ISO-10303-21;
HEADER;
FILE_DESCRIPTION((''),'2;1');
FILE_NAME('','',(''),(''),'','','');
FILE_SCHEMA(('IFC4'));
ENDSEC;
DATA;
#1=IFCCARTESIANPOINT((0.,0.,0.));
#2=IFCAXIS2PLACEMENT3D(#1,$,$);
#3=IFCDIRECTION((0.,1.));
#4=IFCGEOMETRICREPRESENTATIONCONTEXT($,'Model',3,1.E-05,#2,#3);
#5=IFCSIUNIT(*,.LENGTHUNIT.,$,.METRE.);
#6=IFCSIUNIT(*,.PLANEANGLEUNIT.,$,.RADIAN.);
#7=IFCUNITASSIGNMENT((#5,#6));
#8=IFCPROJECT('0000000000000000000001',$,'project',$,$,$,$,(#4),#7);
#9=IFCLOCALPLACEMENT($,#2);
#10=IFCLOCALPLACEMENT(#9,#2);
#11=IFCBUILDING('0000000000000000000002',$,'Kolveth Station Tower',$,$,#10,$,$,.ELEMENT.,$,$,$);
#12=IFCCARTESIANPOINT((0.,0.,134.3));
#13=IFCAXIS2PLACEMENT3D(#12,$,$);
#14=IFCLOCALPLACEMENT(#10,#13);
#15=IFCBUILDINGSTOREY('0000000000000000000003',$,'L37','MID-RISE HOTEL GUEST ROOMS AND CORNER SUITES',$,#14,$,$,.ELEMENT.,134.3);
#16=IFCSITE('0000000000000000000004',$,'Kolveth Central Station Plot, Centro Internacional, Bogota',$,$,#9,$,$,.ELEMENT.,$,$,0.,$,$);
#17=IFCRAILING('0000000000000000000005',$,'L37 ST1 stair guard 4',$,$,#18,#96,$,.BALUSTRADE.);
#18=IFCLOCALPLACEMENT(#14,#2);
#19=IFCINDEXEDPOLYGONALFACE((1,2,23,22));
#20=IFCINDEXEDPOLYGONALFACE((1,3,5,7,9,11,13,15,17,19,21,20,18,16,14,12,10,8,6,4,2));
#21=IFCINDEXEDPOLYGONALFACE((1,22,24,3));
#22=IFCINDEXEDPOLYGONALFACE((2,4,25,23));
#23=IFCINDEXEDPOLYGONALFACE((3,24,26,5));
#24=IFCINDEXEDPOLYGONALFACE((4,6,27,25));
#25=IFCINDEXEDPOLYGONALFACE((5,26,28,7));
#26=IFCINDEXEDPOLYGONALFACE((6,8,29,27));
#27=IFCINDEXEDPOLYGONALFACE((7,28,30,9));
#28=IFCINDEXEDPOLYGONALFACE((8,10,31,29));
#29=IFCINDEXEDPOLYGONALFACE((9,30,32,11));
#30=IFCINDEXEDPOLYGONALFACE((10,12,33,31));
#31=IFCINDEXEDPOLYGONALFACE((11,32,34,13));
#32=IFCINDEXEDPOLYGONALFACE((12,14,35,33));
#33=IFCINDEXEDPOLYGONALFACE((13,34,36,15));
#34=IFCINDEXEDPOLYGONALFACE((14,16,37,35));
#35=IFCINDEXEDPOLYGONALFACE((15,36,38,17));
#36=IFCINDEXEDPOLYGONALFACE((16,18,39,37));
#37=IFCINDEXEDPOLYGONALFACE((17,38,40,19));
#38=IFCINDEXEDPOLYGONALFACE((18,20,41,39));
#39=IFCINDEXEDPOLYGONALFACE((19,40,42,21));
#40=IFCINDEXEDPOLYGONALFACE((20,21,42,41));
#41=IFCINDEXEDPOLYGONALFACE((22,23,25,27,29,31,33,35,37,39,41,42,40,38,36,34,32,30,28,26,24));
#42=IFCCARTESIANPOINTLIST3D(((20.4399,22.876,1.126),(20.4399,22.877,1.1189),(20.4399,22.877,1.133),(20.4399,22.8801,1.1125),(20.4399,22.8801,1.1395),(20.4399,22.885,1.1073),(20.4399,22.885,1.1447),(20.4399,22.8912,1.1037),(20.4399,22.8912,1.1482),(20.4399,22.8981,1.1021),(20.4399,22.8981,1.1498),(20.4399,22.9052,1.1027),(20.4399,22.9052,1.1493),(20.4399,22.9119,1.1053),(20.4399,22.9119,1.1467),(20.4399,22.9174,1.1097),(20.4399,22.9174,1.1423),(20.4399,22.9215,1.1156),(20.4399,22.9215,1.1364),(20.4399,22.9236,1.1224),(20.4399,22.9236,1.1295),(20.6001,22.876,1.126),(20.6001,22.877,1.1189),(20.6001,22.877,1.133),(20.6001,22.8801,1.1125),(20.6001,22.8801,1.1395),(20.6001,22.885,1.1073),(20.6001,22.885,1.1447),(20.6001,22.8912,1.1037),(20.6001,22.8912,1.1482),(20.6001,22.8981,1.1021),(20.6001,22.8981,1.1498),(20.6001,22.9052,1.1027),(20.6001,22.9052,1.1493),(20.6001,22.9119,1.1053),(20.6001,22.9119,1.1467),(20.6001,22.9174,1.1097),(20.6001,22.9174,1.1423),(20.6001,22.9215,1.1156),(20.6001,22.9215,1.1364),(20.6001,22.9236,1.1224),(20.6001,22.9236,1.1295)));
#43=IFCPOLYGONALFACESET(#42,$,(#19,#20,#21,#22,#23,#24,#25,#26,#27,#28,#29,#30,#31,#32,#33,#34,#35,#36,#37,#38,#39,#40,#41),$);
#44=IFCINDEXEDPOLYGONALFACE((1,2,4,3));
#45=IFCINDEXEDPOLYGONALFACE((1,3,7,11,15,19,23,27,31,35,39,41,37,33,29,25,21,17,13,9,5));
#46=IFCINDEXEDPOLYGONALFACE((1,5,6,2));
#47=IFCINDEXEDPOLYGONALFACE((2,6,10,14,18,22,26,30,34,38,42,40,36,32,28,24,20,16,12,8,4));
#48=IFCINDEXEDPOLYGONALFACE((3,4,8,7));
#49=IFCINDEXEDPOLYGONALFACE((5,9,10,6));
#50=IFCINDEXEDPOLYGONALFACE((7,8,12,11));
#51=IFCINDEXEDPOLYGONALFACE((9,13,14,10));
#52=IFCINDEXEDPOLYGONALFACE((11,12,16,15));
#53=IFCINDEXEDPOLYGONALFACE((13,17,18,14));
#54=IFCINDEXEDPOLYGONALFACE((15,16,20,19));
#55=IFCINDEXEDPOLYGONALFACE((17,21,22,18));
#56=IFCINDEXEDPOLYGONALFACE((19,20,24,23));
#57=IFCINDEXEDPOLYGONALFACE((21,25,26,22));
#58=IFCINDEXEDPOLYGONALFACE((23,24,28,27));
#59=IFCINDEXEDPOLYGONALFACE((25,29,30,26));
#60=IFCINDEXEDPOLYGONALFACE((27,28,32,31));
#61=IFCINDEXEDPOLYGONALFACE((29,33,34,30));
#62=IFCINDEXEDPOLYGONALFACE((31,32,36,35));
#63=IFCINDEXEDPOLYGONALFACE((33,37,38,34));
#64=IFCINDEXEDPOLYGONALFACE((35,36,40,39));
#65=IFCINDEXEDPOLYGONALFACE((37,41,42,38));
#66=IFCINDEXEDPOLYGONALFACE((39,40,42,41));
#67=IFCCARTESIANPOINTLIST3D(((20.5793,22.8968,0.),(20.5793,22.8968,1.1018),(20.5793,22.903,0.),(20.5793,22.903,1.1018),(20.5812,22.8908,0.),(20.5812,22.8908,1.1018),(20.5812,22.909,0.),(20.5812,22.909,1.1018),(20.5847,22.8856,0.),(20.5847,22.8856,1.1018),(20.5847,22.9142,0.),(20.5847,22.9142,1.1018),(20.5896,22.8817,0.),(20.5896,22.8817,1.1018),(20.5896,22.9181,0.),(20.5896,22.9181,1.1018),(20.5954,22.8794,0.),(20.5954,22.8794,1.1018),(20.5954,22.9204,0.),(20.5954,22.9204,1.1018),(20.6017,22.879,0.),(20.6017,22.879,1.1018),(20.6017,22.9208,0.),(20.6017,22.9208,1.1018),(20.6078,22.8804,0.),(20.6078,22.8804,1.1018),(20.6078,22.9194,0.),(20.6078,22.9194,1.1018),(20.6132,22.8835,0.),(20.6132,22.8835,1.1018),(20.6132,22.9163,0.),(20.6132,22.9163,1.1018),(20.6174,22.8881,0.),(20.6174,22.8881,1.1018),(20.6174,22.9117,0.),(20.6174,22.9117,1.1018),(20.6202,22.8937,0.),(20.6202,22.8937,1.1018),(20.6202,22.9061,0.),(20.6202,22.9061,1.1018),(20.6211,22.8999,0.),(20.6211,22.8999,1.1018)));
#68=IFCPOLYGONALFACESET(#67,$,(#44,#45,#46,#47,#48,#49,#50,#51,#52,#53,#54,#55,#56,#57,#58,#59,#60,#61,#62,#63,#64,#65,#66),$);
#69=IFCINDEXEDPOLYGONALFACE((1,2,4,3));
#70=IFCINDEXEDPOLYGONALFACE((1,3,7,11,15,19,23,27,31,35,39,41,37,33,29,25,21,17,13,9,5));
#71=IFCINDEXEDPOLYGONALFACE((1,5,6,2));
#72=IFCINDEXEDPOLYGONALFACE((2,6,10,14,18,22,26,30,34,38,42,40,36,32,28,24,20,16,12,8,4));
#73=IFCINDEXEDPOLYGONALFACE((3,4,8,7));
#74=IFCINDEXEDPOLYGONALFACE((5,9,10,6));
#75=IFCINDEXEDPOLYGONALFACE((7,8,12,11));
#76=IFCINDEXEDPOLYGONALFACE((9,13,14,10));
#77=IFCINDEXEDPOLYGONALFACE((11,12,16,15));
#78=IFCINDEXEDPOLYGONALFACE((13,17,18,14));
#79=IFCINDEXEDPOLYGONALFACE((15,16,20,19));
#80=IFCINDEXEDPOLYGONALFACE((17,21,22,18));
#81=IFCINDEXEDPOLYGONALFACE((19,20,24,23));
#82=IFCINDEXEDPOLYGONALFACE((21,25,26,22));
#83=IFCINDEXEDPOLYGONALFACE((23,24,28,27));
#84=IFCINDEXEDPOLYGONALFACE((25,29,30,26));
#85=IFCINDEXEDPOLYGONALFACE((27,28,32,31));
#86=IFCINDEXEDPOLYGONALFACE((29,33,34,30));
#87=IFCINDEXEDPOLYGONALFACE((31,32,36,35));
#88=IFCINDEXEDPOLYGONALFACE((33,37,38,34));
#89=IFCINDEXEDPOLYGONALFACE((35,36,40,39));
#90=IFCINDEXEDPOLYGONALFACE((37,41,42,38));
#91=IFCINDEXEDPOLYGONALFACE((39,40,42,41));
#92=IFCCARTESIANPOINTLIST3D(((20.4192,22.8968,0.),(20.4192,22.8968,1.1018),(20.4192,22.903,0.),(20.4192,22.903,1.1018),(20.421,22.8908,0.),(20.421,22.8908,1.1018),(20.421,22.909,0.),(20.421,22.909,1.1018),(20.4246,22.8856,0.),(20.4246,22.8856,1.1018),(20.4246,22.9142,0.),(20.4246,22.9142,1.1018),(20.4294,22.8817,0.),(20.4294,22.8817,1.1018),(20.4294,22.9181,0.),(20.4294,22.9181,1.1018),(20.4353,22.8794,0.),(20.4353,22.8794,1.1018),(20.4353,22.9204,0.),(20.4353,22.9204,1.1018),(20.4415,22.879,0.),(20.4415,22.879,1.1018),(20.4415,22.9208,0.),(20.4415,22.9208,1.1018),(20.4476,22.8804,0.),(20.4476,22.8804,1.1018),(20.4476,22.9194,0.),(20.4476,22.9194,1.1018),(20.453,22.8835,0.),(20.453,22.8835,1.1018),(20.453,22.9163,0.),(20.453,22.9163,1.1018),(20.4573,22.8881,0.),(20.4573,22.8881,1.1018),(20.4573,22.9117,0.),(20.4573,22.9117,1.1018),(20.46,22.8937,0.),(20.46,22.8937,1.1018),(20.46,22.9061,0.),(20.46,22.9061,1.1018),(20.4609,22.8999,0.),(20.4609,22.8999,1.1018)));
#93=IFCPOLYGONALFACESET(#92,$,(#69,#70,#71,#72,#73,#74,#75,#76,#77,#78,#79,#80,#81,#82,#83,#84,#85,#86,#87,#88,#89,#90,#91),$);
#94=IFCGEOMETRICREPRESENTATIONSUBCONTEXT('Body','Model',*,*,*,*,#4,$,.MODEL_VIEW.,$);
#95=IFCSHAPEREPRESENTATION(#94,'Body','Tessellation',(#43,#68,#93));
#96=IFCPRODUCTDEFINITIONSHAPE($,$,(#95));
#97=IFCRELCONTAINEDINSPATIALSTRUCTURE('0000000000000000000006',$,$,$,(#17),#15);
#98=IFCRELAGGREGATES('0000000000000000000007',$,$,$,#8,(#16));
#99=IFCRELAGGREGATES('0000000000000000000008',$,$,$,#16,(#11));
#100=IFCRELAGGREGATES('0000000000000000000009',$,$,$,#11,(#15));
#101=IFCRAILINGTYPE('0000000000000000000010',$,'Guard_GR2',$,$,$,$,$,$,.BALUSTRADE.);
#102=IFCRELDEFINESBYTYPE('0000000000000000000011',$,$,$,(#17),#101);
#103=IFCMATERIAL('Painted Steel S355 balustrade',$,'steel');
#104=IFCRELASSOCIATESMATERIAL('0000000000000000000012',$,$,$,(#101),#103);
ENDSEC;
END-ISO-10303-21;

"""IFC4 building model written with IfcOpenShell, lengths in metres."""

from ifc_helpers import new_model, si_unit, direction, frame, origin, origin_2d, place, context, subcontext, project, spatial, circle, extrude, material, type_object, element, save


model = new_model("IFC4")

# Units and contexts
model_context = context("Model", 3, precision=1e-05, world=origin(), true_north=direction((0.0, 1.0)))
body_context = subcontext(model_context, "Body", "Model", "MODEL_VIEW")
ifc_project = project(units=[si_unit("LENGTHUNIT", "METRE"), si_unit("PLANEANGLEUNIT", "RADIAN")], contexts=[model_context])

# Site, building, storey
site_placement = place(None, origin())
site = spatial("IfcSite", under=ifc_project, at=site_placement, Name="Kolveth Central Station Plot, Centro Internacional, Bogota", CompositionType="ELEMENT", RefElevation=0.0)
building_placement = place(site_placement, origin())
building = spatial("IfcBuilding", under=site, at=building_placement, Name="Kolveth Station Tower", CompositionType="ELEMENT")
storey_placement = place(building_placement, frame((0.0, 0.0, 134.3)))
storey = spatial("IfcBuildingStorey", under=building, at=storey_placement, Name="L37", Description="MID-RISE HOTEL GUEST ROOMS AND CORNER SUITES", CompositionType="ELEMENT", Elevation=134.3)

# Railing
ifc_material_1 = material(Name="Painted Steel S355 balustrade", Category="steel")
railing_type_1 = type_object("IfcRailingType", Name="Guard_GR2", PredefinedType="BALUSTRADE", material=ifc_material_1)
railing_1_placement = place(storey_placement, frame((20.6001, 22.8999, 0.0)))
element("IfcRailing", 1, at=railing_1_placement, inside=storey, type_object=railing_type_1, Name="L37 ST1 stair guard 4", PredefinedType="BALUSTRADE", context=body_context, shape_type="SweptSolid", body=[
    extrude(circle(Radius=0.0239, at=origin_2d()), frame((0.0, 0.0, 1.126), z_axis=(-1.0, 0.0, 0.0), x_axis=(0.0, -1.0, 0.0)), (0.0, 0.0, 1.0), 0.1602),
    extrude(circle(Radius=0.021, at=origin_2d()), origin(), (0.0, 0.0, 1.0), 1.1018),
    extrude(circle(Radius=0.021, at=origin_2d()), frame((-0.1602, 0.0, 0.0)), (0.0, 0.0, 1.0), 1.1018),
])

save(model, "model.ifc")
